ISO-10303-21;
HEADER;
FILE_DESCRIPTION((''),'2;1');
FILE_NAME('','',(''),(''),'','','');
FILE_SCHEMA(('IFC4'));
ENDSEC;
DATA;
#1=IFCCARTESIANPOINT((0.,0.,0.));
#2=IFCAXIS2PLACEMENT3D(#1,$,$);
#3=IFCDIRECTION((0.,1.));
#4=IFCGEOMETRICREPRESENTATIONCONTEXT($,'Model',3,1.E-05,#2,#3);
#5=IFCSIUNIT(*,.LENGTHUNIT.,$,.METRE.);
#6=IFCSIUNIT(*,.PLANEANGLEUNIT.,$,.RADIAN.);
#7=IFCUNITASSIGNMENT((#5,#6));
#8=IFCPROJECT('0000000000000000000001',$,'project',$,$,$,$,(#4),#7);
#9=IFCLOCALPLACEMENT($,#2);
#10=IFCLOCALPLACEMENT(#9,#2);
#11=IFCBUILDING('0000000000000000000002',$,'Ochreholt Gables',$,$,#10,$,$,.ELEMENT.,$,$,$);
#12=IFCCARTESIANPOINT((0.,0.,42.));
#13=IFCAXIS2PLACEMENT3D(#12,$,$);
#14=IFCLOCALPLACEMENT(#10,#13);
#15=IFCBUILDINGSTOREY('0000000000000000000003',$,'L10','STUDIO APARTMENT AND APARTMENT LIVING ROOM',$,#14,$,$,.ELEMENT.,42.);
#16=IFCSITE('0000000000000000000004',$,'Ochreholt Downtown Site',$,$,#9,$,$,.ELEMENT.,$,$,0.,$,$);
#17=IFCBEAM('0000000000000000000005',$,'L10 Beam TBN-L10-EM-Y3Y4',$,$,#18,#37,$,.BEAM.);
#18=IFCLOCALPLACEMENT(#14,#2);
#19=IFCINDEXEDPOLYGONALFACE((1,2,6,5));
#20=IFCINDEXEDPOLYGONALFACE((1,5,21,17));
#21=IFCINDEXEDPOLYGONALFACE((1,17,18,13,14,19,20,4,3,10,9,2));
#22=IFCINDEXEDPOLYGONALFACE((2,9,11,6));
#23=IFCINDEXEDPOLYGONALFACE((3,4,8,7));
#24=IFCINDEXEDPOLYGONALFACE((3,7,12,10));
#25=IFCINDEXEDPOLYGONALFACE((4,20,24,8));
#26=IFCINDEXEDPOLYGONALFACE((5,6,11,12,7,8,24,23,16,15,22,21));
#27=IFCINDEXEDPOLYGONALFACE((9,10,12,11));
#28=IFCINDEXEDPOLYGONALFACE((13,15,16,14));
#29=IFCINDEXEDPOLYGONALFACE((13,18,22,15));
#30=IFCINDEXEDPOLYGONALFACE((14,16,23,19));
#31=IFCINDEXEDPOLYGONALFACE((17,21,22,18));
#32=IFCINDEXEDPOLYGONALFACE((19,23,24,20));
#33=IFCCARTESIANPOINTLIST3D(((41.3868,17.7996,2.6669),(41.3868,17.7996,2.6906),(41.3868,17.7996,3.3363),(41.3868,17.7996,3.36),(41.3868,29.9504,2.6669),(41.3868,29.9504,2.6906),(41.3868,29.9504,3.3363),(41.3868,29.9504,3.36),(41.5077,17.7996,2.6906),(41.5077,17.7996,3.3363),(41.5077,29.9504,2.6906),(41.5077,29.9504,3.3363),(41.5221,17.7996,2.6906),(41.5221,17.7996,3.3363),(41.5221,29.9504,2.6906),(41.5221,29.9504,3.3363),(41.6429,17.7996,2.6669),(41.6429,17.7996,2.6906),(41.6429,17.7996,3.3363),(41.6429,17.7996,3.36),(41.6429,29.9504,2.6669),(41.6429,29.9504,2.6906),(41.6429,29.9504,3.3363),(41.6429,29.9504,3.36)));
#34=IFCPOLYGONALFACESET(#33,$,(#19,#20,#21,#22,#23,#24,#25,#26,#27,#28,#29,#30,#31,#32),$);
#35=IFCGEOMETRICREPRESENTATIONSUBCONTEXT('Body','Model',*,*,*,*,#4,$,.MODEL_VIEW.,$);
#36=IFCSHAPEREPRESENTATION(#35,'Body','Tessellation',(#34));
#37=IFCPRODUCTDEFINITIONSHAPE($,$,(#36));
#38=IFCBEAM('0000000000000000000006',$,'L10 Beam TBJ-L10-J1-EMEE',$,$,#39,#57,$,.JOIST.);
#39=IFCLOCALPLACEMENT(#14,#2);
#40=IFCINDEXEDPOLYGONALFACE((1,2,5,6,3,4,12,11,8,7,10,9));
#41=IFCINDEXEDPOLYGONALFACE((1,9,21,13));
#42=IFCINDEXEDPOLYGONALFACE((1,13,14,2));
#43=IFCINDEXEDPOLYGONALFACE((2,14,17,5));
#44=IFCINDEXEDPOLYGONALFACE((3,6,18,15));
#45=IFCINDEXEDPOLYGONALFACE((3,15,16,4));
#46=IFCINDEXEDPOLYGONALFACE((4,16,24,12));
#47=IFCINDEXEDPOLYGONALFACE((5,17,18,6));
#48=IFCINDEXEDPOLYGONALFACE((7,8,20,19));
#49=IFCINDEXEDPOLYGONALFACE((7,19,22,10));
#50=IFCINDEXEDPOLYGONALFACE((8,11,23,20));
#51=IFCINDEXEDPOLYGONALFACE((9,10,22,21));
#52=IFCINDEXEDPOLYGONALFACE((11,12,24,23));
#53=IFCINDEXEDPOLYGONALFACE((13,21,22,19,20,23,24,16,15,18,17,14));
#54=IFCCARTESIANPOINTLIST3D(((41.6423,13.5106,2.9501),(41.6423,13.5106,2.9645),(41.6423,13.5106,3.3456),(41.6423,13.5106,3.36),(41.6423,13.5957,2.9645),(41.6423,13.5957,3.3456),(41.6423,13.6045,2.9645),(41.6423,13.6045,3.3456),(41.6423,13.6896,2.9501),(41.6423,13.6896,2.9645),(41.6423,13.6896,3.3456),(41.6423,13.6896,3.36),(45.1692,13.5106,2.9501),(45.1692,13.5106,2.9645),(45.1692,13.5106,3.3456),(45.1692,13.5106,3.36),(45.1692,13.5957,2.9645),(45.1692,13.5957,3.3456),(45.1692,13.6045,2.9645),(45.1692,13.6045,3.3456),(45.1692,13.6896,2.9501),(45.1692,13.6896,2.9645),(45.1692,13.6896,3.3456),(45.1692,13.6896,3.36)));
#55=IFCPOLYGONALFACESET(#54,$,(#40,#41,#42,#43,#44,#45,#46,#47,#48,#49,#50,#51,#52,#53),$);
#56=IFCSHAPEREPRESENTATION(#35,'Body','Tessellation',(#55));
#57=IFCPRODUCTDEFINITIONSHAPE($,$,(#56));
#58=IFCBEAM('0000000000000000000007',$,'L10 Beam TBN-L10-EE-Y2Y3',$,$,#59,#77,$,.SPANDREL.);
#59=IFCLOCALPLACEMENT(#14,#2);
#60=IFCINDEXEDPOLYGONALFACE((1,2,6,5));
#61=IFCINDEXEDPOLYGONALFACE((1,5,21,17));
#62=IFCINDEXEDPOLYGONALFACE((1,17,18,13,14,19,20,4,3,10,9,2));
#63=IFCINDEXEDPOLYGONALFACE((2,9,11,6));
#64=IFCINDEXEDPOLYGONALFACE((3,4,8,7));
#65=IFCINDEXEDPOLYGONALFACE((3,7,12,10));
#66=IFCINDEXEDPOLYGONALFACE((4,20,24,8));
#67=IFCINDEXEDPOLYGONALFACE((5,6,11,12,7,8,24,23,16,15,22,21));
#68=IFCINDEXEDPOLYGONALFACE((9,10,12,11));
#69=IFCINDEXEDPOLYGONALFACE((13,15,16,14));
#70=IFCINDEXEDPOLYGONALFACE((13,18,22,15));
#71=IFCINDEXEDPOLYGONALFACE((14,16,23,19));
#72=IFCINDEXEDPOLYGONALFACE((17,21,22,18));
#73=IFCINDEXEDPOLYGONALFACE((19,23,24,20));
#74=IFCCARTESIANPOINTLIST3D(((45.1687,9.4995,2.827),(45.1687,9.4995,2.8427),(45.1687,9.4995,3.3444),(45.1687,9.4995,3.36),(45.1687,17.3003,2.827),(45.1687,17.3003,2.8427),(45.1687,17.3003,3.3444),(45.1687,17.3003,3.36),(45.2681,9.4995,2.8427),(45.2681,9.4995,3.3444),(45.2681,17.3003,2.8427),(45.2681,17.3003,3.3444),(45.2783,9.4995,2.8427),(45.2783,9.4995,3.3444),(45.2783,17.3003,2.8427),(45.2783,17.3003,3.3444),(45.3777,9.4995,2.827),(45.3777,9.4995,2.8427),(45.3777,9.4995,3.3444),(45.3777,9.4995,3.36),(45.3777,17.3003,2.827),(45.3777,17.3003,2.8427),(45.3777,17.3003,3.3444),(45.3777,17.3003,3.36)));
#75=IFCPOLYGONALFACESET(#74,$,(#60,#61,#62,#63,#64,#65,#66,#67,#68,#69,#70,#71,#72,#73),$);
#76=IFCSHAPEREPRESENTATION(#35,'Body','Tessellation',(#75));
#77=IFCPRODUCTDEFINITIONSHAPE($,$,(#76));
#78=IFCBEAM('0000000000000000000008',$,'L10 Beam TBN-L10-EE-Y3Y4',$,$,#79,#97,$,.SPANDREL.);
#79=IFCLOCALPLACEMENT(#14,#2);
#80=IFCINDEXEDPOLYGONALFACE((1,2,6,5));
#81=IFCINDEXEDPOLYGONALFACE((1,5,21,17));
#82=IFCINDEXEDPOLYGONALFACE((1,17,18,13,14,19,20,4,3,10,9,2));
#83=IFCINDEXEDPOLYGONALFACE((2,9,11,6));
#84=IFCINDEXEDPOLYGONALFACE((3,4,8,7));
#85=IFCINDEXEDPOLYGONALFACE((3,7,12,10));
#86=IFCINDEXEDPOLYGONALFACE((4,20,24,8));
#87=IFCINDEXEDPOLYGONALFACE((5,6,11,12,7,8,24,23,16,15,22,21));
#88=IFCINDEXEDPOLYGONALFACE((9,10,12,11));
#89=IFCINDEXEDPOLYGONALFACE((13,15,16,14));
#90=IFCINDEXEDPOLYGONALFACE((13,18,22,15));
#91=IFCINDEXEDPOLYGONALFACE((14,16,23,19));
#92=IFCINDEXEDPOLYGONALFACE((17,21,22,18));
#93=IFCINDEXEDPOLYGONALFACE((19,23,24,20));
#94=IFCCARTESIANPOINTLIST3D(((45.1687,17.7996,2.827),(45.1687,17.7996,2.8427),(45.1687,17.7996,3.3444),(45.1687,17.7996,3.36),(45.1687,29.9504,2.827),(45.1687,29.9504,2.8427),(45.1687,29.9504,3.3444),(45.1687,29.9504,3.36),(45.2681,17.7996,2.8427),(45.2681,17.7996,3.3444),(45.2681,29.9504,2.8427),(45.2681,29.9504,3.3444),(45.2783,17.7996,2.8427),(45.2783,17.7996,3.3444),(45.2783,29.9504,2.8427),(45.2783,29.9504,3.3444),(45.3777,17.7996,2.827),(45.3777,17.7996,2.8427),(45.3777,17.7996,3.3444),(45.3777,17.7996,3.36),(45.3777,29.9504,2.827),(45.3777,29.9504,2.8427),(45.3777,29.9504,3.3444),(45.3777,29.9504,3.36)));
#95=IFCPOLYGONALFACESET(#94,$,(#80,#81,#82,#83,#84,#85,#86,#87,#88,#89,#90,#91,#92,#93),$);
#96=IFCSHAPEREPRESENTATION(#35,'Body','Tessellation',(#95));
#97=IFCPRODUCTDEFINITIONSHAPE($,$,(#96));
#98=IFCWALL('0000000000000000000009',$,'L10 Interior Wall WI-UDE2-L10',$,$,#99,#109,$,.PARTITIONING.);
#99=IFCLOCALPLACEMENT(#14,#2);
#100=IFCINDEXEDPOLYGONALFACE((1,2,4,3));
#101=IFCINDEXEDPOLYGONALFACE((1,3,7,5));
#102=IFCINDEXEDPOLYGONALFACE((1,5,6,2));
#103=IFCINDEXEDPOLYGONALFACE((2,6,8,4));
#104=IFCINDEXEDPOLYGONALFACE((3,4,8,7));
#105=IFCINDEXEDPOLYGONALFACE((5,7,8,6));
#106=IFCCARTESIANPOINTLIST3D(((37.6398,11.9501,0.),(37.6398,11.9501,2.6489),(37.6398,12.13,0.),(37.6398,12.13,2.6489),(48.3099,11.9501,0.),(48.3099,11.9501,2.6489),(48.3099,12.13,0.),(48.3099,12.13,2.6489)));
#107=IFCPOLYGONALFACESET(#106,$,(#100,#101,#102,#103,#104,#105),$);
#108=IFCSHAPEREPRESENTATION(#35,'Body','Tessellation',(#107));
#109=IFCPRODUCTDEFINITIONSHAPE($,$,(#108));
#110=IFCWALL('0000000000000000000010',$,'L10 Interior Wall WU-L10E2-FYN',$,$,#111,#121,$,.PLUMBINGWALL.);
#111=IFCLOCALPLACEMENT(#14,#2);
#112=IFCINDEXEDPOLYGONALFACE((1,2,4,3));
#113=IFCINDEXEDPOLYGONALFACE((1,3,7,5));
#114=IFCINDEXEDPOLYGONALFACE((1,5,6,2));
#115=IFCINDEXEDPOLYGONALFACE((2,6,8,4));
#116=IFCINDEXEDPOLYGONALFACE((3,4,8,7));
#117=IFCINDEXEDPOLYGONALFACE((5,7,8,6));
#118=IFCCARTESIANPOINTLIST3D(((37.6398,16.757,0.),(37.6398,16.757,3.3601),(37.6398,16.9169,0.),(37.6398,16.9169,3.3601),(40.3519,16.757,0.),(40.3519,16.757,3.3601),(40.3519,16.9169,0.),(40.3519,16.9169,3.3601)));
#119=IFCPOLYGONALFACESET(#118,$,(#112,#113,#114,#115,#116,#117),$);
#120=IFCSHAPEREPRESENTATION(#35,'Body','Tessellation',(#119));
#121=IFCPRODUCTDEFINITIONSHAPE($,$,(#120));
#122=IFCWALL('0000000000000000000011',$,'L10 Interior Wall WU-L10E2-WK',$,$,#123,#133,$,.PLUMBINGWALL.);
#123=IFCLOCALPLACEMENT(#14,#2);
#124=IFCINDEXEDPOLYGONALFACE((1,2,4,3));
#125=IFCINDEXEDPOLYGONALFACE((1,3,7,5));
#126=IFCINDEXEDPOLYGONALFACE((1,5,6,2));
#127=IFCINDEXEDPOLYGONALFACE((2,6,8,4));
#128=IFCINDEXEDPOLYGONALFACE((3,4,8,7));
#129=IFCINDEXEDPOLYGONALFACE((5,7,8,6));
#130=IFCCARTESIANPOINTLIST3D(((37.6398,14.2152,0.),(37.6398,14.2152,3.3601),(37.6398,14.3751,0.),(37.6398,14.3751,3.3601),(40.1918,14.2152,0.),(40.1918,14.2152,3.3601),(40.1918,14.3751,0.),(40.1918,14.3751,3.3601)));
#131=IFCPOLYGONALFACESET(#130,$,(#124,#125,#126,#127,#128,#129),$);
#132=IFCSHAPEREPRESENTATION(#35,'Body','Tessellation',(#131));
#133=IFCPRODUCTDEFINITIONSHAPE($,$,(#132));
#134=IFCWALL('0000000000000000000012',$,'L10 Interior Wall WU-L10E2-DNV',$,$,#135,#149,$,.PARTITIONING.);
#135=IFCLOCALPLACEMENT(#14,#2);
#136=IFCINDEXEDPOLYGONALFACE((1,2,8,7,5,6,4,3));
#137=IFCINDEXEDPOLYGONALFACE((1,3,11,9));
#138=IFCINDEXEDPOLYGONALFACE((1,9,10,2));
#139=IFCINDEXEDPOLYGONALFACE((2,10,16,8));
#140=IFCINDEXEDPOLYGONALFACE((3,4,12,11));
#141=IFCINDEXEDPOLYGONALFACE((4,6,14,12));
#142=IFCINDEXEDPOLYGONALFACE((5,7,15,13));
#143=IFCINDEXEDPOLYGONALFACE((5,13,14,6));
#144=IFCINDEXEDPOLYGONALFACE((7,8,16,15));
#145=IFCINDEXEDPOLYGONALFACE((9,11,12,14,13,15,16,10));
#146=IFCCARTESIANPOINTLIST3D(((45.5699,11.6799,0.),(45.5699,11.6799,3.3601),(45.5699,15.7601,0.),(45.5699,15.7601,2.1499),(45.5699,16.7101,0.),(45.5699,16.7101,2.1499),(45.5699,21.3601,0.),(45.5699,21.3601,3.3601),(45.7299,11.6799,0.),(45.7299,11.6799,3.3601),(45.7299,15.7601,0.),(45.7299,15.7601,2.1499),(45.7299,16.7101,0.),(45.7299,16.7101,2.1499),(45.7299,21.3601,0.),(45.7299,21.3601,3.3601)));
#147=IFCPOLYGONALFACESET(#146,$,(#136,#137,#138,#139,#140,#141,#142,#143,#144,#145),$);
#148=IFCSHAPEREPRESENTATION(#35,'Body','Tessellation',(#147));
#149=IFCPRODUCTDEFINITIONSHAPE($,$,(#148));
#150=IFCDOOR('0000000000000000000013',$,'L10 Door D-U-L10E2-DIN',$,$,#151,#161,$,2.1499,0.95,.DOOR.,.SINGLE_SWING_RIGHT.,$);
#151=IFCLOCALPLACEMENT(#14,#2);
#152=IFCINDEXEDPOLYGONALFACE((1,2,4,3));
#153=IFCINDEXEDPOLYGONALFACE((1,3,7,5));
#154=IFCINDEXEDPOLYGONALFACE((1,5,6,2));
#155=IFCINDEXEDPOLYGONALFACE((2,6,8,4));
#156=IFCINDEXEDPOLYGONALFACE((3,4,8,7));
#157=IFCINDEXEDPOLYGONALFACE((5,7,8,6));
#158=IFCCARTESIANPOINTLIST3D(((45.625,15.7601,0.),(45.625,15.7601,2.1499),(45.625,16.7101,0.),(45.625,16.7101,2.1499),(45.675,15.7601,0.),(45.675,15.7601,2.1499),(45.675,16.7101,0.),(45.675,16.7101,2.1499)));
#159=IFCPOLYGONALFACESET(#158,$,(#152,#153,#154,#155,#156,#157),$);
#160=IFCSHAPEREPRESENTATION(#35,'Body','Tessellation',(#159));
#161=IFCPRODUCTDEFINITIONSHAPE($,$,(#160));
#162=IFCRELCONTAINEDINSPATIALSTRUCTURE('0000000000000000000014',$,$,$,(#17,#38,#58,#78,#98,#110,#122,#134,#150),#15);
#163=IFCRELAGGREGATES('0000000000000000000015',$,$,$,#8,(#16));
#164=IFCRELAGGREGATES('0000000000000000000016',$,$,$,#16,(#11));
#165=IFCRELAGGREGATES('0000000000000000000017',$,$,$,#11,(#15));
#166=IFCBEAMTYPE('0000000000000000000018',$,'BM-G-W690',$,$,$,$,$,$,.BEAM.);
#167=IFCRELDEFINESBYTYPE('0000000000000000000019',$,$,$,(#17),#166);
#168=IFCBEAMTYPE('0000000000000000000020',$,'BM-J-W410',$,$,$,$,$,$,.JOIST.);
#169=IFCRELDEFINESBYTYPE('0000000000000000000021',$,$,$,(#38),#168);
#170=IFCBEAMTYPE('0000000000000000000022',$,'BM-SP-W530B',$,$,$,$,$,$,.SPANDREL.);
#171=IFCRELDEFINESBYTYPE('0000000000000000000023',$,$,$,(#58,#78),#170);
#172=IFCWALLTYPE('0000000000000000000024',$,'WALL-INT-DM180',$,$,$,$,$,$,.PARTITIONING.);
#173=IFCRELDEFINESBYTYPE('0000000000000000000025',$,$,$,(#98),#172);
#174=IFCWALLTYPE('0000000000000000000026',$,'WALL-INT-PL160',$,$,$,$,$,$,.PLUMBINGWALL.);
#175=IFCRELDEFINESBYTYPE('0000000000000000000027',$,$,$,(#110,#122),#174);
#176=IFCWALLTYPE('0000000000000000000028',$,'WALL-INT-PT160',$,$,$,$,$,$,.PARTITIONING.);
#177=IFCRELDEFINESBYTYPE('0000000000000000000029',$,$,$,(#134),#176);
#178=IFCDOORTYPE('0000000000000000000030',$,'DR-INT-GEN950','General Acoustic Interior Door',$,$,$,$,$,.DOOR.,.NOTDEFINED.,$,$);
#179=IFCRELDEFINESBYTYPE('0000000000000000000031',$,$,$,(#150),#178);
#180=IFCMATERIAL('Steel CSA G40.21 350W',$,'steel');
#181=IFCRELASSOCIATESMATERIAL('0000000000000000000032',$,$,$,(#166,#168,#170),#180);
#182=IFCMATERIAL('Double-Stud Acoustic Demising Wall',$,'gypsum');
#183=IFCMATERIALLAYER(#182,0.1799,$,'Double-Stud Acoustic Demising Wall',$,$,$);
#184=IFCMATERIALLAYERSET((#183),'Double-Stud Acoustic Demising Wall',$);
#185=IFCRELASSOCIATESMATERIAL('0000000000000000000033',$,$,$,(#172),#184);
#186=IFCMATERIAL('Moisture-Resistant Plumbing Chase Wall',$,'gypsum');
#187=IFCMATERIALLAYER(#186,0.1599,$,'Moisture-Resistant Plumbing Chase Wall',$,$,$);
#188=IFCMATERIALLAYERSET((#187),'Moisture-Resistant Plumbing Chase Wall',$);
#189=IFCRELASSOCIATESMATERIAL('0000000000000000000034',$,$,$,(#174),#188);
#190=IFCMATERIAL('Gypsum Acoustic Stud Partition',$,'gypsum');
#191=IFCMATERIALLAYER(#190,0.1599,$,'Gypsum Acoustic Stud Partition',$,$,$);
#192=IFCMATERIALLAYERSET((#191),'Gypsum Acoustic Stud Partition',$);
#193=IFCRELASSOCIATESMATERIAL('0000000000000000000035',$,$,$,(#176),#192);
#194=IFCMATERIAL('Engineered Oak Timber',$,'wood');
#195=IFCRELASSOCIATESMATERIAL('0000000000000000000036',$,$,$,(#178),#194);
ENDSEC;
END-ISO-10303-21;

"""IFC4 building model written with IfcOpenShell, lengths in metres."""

from ifc_helpers import new_model, si_unit, direction, frame, frame_2d, origin, origin_2d, place, context, subcontext, project, spatial, rectangle, i_section, extrude, material, layer, layer_set, material_profile, profile_set, type_object, element, fill, save


model = new_model("IFC4")

# Units and contexts
model_context = context("Model", 3, precision=1e-05, world=origin(), true_north=direction((0.0, 1.0)))
body_context = subcontext(model_context, "Body", "Model", "MODEL_VIEW")
ifc_project = project(units=[si_unit("LENGTHUNIT", "METRE"), si_unit("PLANEANGLEUNIT", "RADIAN")], contexts=[model_context])

# Site, building, storey
site_placement = place(None, origin())
site = spatial("IfcSite", under=ifc_project, at=site_placement, Name="Ochreholt Downtown Site", CompositionType="ELEMENT", RefElevation=0.0)
building_placement = place(site_placement, origin())
building = spatial("IfcBuilding", under=site, at=building_placement, Name="Ochreholt Gables", CompositionType="ELEMENT")
storey_placement = place(building_placement, frame((0.0, 0.0, 42.0)))
storey = spatial("IfcBuildingStorey", under=building, at=storey_placement, Name="L10", Description="STUDIO APARTMENT AND APARTMENT LIVING ROOM", CompositionType="ELEMENT", Elevation=42.0)

# Shared definitions
ifc_material_1 = material(Name="Steel CSA G40.21 350W", Category="steel")

# Beams
ifc_material_profile_1 = material_profile(ifc_material_1, i_section(OverallWidth=0.2561, OverallDepth=0.6931, WebThickness=0.0144, FlangeThickness=0.0237, at=origin_2d()), Name="W690X170")
ifc_profile_set_1 = profile_set([ifc_material_profile_1], Name="Steel CSA G40.21 350W")
beam_type_1 = type_object("IfcBeamType", Name="BM-G-W690", PredefinedType="BEAM", material=ifc_profile_set_1)
beam_1_placement = place(storey_placement, frame((41.5149, 17.7996, 3.0134), z_axis=(0.0, 1.0, 0.0), x_axis=(-1.0, 0.0, 0.0)))
element("IfcBeam", 1, at=beam_1_placement, inside=storey, type_object=beam_type_1, Name="L10 Beam TBN-L10-EM-Y3Y4", PredefinedType="BEAM", context=body_context, shape_type="SweptSolid", body=[
    extrude(i_section(OverallWidth=0.2561, OverallDepth=0.6931, WebThickness=0.0144, FlangeThickness=0.0237, at=origin_2d()), origin(), (0.0, 0.0, 1.0), 12.1509),
])
ifc_material_profile_2 = material_profile(ifc_material_1, i_section(OverallWidth=0.179, OverallDepth=0.4099, WebThickness=0.0088, FlangeThickness=0.0144, at=origin_2d()), Name="W410X67")
ifc_profile_set_2 = profile_set([ifc_material_profile_2], Name="Steel CSA G40.21 350W")
beam_type_2 = type_object("IfcBeamType", Name="BM-J-W410", PredefinedType="JOIST", material=ifc_profile_set_2)
beam_2_placement = place(storey_placement, frame((41.6423, 13.6001, 3.155), z_axis=(1.0, 0.0, 0.0), x_axis=(0.0, 1.0, 0.0)))
element("IfcBeam", 2, at=beam_2_placement, inside=storey, type_object=beam_type_2, Name="L10 Beam TBJ-L10-J1-EMEE", PredefinedType="JOIST", context=body_context, shape_type="SweptSolid", body=[
    extrude(i_section(OverallWidth=0.179, OverallDepth=0.4099, WebThickness=0.0088, FlangeThickness=0.0144, at=origin_2d()), origin(), (0.0, 0.0, 1.0), 3.5269),
])
ifc_material_profile_3 = material_profile(ifc_material_1, i_section(OverallWidth=0.209, OverallDepth=0.533, WebThickness=0.0103, FlangeThickness=0.0156, at=origin_2d()), Name="W530X92")
ifc_profile_set_3 = profile_set([ifc_material_profile_3], Name="Steel CSA G40.21 350W")
beam_type_3 = type_object("IfcBeamType", Name="BM-SP-W530B", PredefinedType="SPANDREL", material=ifc_profile_set_3)
beam_3_placement = place(storey_placement, frame((45.2732, 9.4995, 3.0935), z_axis=(0.0, 1.0, 0.0), x_axis=(-1.0, 0.0, 0.0)))
element("IfcBeam", 3, at=beam_3_placement, inside=storey, type_object=beam_type_3, Name="L10 Beam TBN-L10-EE-Y2Y3", PredefinedType="SPANDREL", context=body_context, shape_type="SweptSolid", body=[
    extrude(i_section(OverallWidth=0.209, OverallDepth=0.533, WebThickness=0.0103, FlangeThickness=0.0156, at=origin_2d()), origin(), (0.0, 0.0, 1.0), 7.8008),
])
beam_4_placement = place(storey_placement, frame((45.2732, 17.7996, 3.0935), z_axis=(0.0, 1.0, 0.0), x_axis=(-1.0, 0.0, 0.0)))
element("IfcBeam", 4, at=beam_4_placement, inside=storey, type_object=beam_type_3, Name="L10 Beam TBN-L10-EE-Y3Y4", PredefinedType="SPANDREL", context=body_context, shape_type="SweptSolid", body=[
    extrude(i_section(OverallWidth=0.209, OverallDepth=0.533, WebThickness=0.0103, FlangeThickness=0.0156, at=origin_2d()), origin(), (0.0, 0.0, 1.0), 12.1509),
])

# Walls
ifc_material_2 = material(Name="Double-Stud Acoustic Demising Wall", Category="gypsum")
ifc_layer_1 = layer(ifc_material_2, 0.1799, Name="Double-Stud Acoustic Demising Wall")
ifc_layer_set_1 = layer_set([ifc_layer_1], Name="Double-Stud Acoustic Demising Wall")
wall_type_1 = type_object("IfcWallType", Name="WALL-INT-DM180", PredefinedType="PARTITIONING", material=ifc_layer_set_1)
wall_1_placement = place(storey_placement, frame((37.6399, 12.04, 0.0), z_axis=(0.0, 0.0, 1.0), x_axis=(1.0, 0.0, 0.0)))
element("IfcWall", 5, at=wall_1_placement, inside=storey, type_object=wall_type_1, Name="L10 Interior Wall WI-UDE2-L10", PredefinedType="PARTITIONING", context=body_context, shape_type="SweptSolid", body=[
    extrude(rectangle(XDim=10.6702, YDim=0.1799, at=frame_2d((5.335, 0.0))), origin(), (0.0, 0.0, 1.0), 2.6489),
])
ifc_material_3 = material(Name="Moisture-Resistant Plumbing Chase Wall", Category="gypsum")
ifc_layer_2 = layer(ifc_material_3, 0.1599, Name="Moisture-Resistant Plumbing Chase Wall")
ifc_layer_set_2 = layer_set([ifc_layer_2], Name="Moisture-Resistant Plumbing Chase Wall")
wall_type_2 = type_object("IfcWallType", Name="WALL-INT-PL160", PredefinedType="PLUMBINGWALL", material=ifc_layer_set_2)
wall_2_placement = place(storey_placement, frame((37.6399, 16.8369, 0.0), z_axis=(0.0, 0.0, 1.0), x_axis=(1.0, 0.0, 0.0)))
element("IfcWall", 6, at=wall_2_placement, inside=storey, type_object=wall_type_2, Name="L10 Interior Wall WU-L10E2-FYN", PredefinedType="PLUMBINGWALL", context=body_context, shape_type="SweptSolid", body=[
    extrude(rectangle(XDim=2.7122, YDim=0.1599, at=frame_2d((1.356, 0.0))), origin(), (0.0, 0.0, 1.0), 3.3601),
])

# Shared definitions
ifc_material_4 = material(Name="Engineered Oak Timber", Category="wood")

# Wall
wall_3_placement = place(storey_placement, frame((37.6399, 14.2952, 0.0), z_axis=(0.0, 0.0, 1.0), x_axis=(1.0, 0.0, 0.0)))
element("IfcWall", 7, at=wall_3_placement, inside=storey, type_object=wall_type_2, Name="L10 Interior Wall WU-L10E2-WK", PredefinedType="PLUMBINGWALL", context=body_context, shape_type="SweptSolid", body=[
    extrude(rectangle(XDim=2.552, YDim=0.1599, at=frame_2d((1.2759, 0.0))), origin(), (0.0, 0.0, 1.0), 3.3601),
])

# Wall, opening, door
ifc_material_5 = material(Name="Gypsum Acoustic Stud Partition", Category="gypsum")
ifc_layer_3 = layer(ifc_material_5, 0.1599, Name="Gypsum Acoustic Stud Partition")
ifc_layer_set_3 = layer_set([ifc_layer_3], Name="Gypsum Acoustic Stud Partition")
wall_type_3 = type_object("IfcWallType", Name="WALL-INT-PT160", PredefinedType="PARTITIONING", material=ifc_layer_set_3)
wall_4_placement = place(storey_placement, frame((45.6499, 11.6799, 0.0), z_axis=(0.0, 0.0, 1.0), x_axis=(0.0, 1.0, 0.0)))
wall_4 = element("IfcWall", 8, at=wall_4_placement, inside=storey, type_object=wall_type_3, Name="L10 Interior Wall WU-L10E2-DNV", PredefinedType="PARTITIONING", context=body_context, shape_type="SweptSolid", body=[
    extrude(rectangle(XDim=9.6802, YDim=0.1599, at=frame_2d((4.8401, 0.0))), origin(), (0.0, 0.0, 1.0), 3.3601),
])
opening_1_placement = place(wall_4_placement, frame((4.0801, 0.0, 0.0)))
opening_1 = element("IfcOpeningElement", 9, at=opening_1_placement, cuts=wall_4, PredefinedType="OPENING", context=body_context, shape_type="SweptSolid", body=[
    extrude(rectangle(XDim=0.95, YDim=2.1499, at=frame_2d((0.4751, 1.075))), frame((0.0, 0.0898, 0.0), z_axis=(0.0, -1.0, 0.0), x_axis=(1.0, 0.0, 0.0)), (0.0, 0.0, 1.0), 0.1799),
])
door_type_1 = type_object("IfcDoorType", Name="DR-INT-GEN950", Description="General Acoustic Interior Door", OperationType="NOTDEFINED", PredefinedType="DOOR", material=ifc_material_4)
door_1_placement = place(opening_1_placement, origin())
door_1 = element("IfcDoor", 10, at=door_1_placement, inside=storey, type_object=door_type_1, Name="L10 Door D-U-L10E2-DIN", OperationType="SINGLE_SWING_RIGHT", OverallHeight=2.1499, OverallWidth=0.95, PredefinedType="DOOR", context=body_context, shape_type="SweptSolid", body=[
    extrude(rectangle(XDim=0.95, YDim=2.1499, at=frame_2d((0.4751, 1.075))), frame((0.0, 0.0249, 0.0), z_axis=(0.0, -1.0, 0.0), x_axis=(1.0, 0.0, 0.0)), (0.0, 0.0, 1.0), 0.05),
])
fill(opening_1, door_1)

save(model, "model.ifc")
